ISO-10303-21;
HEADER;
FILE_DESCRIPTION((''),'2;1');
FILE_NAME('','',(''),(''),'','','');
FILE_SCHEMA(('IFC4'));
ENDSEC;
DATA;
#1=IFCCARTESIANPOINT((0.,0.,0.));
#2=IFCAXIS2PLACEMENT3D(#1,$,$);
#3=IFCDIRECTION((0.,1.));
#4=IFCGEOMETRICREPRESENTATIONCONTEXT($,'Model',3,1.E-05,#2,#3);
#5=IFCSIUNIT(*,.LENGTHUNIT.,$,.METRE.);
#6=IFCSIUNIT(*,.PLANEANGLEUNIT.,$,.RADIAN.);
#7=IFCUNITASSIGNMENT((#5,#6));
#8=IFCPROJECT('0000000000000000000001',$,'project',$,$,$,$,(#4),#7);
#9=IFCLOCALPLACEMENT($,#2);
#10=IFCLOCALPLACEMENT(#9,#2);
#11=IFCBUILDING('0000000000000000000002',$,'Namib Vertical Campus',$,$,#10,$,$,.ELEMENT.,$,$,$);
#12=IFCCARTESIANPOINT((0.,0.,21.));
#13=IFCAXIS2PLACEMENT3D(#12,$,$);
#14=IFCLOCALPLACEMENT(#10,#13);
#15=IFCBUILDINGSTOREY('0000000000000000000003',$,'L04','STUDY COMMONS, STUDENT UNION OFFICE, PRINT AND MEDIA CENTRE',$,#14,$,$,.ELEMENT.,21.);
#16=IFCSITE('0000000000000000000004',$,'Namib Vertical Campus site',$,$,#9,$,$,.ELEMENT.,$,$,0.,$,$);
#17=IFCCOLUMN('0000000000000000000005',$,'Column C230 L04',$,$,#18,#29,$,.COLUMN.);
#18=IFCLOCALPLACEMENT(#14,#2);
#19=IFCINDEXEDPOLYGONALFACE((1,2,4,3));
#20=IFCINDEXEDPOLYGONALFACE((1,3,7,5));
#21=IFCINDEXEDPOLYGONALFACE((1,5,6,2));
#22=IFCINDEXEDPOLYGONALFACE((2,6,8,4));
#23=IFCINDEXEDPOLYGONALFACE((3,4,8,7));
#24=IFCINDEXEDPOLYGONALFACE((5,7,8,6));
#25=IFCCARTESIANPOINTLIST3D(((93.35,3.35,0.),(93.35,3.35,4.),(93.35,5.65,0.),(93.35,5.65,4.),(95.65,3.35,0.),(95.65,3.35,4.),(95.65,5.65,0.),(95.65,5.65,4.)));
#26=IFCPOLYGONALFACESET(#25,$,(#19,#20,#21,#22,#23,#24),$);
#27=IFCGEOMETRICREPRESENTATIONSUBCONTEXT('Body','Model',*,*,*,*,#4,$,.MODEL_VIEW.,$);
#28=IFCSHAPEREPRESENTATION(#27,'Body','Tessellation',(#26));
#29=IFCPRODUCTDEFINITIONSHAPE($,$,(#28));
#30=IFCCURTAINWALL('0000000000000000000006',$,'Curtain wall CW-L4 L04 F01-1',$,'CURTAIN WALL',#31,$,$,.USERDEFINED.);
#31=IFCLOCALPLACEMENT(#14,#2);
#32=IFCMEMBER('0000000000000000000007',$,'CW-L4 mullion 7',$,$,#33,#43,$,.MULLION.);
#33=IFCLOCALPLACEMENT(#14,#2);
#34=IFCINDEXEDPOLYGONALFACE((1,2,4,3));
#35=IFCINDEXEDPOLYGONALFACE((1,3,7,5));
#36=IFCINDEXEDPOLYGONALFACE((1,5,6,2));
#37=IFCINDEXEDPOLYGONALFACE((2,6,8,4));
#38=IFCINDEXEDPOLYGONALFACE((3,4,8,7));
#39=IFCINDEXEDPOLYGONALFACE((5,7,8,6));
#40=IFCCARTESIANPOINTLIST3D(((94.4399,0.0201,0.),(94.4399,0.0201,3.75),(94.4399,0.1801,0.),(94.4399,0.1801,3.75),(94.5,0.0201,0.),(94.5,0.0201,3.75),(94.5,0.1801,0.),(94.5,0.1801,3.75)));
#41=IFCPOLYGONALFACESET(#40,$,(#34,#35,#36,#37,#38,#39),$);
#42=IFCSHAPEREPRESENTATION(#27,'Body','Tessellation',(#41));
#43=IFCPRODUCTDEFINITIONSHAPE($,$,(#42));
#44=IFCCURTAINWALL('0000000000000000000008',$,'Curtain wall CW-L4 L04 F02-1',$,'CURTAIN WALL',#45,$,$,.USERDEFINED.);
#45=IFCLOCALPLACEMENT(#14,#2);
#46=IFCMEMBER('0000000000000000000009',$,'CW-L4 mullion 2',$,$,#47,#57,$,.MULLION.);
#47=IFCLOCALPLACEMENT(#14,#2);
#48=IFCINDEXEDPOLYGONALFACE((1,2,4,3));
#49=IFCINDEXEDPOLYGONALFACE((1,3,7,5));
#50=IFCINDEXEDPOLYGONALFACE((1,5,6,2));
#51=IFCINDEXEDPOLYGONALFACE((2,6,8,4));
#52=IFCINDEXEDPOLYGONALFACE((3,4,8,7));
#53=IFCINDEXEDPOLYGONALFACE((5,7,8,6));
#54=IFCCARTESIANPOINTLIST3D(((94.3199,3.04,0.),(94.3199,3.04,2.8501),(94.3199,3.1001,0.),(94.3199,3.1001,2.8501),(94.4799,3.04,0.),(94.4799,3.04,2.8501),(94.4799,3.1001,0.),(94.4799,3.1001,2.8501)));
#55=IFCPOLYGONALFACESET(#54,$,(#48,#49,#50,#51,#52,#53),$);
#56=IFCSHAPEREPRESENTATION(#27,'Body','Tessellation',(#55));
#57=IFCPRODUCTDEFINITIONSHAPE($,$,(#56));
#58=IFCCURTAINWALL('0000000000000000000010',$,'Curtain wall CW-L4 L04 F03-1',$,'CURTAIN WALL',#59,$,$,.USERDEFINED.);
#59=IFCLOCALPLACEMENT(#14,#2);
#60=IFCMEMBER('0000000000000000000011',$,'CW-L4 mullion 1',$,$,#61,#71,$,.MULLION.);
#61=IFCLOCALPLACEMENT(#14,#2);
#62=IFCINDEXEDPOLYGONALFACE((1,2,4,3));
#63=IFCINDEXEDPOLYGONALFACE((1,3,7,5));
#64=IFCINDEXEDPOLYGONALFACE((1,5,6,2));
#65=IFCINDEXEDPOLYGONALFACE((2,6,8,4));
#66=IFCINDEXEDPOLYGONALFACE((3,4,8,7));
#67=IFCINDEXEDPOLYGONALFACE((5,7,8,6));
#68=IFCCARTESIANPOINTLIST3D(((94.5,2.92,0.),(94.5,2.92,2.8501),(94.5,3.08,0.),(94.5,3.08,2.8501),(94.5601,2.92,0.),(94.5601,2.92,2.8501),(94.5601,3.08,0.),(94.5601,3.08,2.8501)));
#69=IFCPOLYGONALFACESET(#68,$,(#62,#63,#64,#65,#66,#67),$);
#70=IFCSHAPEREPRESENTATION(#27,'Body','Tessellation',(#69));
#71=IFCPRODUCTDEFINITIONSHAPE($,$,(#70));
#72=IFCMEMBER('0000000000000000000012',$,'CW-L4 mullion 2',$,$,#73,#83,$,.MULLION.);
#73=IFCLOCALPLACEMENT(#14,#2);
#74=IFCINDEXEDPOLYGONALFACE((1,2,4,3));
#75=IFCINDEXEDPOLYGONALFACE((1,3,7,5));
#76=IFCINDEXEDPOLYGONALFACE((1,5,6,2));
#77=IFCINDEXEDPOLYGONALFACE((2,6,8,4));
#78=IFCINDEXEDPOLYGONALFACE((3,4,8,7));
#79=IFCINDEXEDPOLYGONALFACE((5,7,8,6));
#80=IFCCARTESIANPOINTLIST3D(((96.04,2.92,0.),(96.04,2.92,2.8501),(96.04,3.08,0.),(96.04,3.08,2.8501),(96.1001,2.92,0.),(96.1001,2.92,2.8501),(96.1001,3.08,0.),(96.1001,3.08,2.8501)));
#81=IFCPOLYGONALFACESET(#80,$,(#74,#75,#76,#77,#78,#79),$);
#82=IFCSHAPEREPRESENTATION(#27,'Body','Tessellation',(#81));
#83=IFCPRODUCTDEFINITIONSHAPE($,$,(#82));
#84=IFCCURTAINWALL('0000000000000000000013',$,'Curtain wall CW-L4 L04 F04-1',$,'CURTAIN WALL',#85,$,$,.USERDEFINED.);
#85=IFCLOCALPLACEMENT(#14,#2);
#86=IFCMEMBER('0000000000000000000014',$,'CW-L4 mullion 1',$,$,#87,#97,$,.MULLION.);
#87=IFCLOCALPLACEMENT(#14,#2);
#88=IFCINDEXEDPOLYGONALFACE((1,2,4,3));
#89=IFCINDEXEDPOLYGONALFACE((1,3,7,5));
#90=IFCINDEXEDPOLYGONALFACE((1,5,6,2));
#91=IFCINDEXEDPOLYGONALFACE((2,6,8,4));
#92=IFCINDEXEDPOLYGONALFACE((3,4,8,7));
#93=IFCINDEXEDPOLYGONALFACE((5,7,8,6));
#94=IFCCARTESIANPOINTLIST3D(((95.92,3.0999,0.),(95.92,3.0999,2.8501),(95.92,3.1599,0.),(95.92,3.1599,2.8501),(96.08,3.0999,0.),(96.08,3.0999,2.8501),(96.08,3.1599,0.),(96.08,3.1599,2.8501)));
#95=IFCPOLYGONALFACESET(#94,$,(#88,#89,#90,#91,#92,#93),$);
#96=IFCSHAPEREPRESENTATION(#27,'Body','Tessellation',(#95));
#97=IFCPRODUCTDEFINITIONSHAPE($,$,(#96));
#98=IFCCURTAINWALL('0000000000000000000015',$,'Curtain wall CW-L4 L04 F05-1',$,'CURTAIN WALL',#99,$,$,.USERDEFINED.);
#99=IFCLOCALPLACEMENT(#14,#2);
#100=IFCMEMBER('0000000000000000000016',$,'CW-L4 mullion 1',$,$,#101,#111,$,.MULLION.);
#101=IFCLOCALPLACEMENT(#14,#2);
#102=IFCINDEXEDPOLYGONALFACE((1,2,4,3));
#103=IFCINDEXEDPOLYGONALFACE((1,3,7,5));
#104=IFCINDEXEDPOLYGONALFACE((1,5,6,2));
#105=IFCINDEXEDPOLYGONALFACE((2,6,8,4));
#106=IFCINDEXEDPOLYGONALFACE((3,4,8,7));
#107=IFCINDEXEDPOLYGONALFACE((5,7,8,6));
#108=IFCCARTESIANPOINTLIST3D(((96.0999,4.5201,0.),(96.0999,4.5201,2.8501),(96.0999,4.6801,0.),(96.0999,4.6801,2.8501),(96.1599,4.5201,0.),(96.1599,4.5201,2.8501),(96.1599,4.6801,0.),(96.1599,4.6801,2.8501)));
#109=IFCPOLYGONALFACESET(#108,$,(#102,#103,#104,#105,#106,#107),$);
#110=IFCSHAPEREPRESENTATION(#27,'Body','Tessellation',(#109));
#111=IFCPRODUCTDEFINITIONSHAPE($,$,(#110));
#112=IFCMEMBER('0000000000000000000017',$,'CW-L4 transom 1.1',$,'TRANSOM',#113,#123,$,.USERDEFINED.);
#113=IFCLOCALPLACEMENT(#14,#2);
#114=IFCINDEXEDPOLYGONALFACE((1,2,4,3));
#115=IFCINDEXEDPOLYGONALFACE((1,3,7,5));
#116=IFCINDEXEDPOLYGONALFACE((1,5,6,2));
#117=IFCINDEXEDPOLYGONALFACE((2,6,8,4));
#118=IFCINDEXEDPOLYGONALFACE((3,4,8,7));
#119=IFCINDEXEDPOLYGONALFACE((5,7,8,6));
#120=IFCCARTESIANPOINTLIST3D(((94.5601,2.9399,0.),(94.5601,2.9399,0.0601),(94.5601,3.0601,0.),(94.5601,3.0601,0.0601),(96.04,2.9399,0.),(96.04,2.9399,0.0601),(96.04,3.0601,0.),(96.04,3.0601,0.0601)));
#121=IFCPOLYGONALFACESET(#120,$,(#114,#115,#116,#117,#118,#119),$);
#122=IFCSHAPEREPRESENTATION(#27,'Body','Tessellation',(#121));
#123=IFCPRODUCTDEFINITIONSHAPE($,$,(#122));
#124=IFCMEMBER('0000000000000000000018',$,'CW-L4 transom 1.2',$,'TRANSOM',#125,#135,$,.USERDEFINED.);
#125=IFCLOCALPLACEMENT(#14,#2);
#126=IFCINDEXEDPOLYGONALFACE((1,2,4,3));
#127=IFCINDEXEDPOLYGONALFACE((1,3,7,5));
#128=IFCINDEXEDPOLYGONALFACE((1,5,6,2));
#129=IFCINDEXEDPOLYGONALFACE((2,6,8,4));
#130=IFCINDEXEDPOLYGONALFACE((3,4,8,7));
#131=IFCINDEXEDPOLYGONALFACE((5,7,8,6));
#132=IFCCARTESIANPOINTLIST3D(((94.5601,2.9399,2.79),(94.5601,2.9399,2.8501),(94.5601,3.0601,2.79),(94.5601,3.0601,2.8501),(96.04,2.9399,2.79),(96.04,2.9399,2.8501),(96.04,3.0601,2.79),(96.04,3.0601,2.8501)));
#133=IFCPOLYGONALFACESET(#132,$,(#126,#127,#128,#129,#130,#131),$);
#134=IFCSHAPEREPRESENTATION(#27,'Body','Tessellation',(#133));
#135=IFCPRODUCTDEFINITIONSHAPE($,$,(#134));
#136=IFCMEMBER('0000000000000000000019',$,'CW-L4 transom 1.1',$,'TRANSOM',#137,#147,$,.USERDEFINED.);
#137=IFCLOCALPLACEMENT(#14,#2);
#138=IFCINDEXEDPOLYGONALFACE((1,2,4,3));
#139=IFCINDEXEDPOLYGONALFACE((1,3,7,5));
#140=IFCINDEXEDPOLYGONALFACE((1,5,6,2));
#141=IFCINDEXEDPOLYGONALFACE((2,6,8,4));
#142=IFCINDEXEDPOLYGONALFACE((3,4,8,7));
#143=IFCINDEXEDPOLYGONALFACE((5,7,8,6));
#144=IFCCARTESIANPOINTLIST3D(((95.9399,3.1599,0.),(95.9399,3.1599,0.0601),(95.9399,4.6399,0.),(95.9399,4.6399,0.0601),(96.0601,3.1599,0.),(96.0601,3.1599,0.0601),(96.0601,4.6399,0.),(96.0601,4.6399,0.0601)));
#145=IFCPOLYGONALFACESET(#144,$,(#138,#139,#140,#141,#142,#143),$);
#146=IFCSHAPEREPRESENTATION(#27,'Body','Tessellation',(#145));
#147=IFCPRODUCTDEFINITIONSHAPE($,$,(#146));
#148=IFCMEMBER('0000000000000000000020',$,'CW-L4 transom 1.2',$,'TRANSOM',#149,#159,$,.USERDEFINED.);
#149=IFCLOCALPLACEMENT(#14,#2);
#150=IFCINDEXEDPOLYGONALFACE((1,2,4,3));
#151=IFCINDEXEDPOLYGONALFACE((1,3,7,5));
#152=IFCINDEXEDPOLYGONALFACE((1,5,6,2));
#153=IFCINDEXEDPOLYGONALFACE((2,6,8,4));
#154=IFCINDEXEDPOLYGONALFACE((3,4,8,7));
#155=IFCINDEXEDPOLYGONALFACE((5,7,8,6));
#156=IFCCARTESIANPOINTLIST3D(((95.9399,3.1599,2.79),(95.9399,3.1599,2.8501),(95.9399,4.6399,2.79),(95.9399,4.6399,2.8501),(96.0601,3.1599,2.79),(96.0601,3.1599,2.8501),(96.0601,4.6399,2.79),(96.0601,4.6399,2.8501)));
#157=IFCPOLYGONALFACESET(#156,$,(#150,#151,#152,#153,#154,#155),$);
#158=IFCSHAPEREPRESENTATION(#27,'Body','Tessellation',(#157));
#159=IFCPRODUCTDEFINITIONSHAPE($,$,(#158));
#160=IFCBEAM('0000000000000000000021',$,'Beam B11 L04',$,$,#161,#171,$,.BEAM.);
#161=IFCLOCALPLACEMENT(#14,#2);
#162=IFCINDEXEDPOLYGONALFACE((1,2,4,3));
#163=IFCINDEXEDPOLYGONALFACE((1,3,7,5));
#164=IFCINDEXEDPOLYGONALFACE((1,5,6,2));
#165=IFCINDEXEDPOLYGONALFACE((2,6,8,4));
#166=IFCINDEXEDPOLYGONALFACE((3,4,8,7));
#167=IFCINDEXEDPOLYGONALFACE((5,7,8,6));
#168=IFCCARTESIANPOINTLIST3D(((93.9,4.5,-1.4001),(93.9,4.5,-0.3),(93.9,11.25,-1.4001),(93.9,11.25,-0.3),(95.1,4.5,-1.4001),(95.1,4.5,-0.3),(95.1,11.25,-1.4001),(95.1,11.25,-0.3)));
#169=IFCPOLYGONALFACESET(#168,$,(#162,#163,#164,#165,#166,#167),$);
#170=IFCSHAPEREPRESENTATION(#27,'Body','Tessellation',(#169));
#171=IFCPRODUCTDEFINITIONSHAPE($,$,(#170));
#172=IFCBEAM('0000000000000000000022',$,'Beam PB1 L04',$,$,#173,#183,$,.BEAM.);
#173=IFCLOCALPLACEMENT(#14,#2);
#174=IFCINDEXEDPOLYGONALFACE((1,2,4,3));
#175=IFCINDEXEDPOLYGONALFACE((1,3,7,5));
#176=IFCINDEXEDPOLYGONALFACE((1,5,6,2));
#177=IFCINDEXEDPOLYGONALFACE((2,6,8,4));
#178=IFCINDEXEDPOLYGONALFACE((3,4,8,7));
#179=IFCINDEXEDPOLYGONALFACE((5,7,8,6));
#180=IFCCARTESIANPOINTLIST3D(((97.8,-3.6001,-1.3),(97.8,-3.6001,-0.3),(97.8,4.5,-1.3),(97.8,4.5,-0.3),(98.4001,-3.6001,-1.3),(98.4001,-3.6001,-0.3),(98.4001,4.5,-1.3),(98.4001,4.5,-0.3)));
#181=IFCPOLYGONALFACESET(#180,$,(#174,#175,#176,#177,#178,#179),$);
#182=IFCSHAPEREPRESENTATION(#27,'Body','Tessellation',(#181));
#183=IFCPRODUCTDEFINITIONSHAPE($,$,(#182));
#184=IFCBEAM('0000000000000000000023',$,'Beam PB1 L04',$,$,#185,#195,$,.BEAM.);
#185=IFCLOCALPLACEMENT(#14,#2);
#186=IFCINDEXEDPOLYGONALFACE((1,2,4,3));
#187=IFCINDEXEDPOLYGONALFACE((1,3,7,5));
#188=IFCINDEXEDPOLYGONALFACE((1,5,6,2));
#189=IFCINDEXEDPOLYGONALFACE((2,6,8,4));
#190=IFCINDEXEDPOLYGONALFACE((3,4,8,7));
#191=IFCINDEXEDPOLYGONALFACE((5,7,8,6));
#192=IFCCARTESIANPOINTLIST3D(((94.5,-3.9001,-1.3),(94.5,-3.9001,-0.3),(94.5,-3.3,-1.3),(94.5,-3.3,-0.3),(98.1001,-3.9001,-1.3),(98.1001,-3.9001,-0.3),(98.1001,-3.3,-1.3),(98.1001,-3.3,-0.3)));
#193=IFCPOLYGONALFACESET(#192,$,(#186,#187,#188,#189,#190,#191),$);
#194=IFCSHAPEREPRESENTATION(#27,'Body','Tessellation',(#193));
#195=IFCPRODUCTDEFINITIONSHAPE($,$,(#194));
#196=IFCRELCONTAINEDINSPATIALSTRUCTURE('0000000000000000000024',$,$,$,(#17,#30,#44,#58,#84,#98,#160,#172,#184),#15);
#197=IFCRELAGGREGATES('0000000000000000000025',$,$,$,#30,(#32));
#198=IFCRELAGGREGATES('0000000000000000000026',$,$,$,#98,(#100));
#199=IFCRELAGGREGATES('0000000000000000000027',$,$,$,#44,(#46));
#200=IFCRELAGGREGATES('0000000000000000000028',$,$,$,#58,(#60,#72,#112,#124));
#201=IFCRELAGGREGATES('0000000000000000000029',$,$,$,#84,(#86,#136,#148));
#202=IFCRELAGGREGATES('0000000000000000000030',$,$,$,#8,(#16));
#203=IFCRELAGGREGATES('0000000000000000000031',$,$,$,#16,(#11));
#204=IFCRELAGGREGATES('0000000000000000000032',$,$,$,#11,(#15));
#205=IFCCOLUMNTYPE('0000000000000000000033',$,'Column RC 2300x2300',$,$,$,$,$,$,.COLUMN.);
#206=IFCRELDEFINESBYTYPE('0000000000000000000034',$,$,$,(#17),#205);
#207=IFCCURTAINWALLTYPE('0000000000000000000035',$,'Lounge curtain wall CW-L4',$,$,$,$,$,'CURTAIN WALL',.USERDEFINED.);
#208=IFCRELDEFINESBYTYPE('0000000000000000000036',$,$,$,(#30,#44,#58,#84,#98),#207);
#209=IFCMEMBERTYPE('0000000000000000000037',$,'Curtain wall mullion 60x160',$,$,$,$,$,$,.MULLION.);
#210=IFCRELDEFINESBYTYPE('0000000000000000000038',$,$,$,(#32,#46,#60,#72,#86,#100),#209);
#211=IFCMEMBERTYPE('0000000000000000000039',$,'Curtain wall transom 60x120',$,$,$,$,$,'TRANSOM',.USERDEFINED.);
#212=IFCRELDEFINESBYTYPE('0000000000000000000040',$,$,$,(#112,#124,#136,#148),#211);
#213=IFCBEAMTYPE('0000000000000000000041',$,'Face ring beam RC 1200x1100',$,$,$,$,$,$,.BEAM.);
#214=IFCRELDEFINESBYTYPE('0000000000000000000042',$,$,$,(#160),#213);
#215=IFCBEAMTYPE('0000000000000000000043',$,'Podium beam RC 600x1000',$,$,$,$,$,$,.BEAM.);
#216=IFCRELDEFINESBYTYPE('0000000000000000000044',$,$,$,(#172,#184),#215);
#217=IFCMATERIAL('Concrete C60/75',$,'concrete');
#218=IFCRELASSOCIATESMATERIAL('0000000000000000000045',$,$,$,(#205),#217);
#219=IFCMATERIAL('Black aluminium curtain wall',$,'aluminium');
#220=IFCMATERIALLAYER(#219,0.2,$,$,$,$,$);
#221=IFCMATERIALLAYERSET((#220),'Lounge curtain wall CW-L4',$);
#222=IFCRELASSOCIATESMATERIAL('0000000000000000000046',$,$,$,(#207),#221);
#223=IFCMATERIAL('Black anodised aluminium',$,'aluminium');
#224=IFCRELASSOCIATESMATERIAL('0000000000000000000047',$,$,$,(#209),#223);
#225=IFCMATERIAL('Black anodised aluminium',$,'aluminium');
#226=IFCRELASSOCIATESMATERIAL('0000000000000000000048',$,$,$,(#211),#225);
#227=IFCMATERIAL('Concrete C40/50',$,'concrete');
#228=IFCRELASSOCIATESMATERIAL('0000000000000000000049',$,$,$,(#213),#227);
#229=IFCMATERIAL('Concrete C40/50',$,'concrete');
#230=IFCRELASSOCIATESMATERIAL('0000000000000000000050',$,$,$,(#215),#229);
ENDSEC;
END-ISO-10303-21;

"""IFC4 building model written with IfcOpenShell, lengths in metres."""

from ifc_helpers import new_model, si_unit, direction, frame, origin, origin_2d, place, context, subcontext, project, spatial, rectangle, extrude, material, layer, layer_set, material_profile, profile_set, type_object, element, aggregate, save


model = new_model("IFC4")

# Units and contexts
model_context = context("Model", 3, precision=1e-05, world=origin(), true_north=direction((0.0, 1.0)))
body_context = subcontext(model_context, "Body", "Model", "MODEL_VIEW")
ifc_project = project(units=[si_unit("LENGTHUNIT", "METRE"), si_unit("PLANEANGLEUNIT", "RADIAN")], contexts=[model_context])

# Site, building, storey
site_placement = place(None, origin())
site = spatial("IfcSite", under=ifc_project, at=site_placement, Name="Namib Vertical Campus site", CompositionType="ELEMENT", RefElevation=0.0)
building_placement = place(site_placement, origin())
building = spatial("IfcBuilding", under=site, at=building_placement, Name="Namib Vertical Campus", CompositionType="ELEMENT")
storey_placement = place(building_placement, frame((0.0, 0.0, 21.0)))
storey = spatial("IfcBuildingStorey", under=building, at=storey_placement, Name="L04", Description="STUDY COMMONS, STUDENT UNION OFFICE, PRINT AND MEDIA CENTRE", CompositionType="ELEMENT", Elevation=21.0)

# Column
ifc_material_1 = material(Name="Concrete C60/75", Category="concrete")
ifc_material_profile_1 = material_profile(ifc_material_1, rectangle(XDim=2.3, YDim=2.3, at=origin_2d()))
ifc_profile_set_1 = profile_set([ifc_material_profile_1], Name="Concrete C60/75")
column_type = type_object("IfcColumnType", Name="Column RC 2300x2300", PredefinedType="COLUMN", material=ifc_profile_set_1)
column_placement = place(storey_placement, frame((94.5, 4.5, 0.0), z_axis=(0.0, 0.0, 1.0), x_axis=(1.0, 0.0, 0.0)))
element("IfcColumn", 1, at=column_placement, inside=storey, type_object=column_type, Name="Column C230 L04", PredefinedType="COLUMN", context=body_context, shape_type="SweptSolid", body=[
    extrude(rectangle(XDim=2.3, YDim=2.3, at=origin_2d()), origin(), (0.0, 0.0, 1.0), 4.0),
])

# Curtain walls, members
ifc_material_2 = material(Name="Black aluminium curtain wall", Category="aluminium")
ifc_layer_1 = layer(ifc_material_2, 0.2)
ifc_layer_set_1 = layer_set([ifc_layer_1], Name="Lounge curtain wall CW-L4")
curtain_wall_type = type_object("IfcCurtainWallType", Name="Lounge curtain wall CW-L4", ElementType="CURTAIN WALL", PredefinedType="USERDEFINED", material=ifc_layer_set_1)
curtain_wall_1_placement = place(storey_placement, origin())
curtain_wall_1 = element("IfcCurtainWall", 2, at=curtain_wall_1_placement, inside=storey, type_object=curtain_wall_type, Name="Curtain wall CW-L4 L04 F01-1", ObjectType="CURTAIN WALL", PredefinedType="USERDEFINED")
ifc_material_3 = material(Name="Black anodised aluminium", Category="aluminium")
ifc_material_profile_2 = material_profile(ifc_material_3, rectangle(XDim=0.0601, YDim=0.1599, at=origin_2d()))
ifc_profile_set_2 = profile_set([ifc_material_profile_2], Name="Black anodised aluminium")
member_type_1 = type_object("IfcMemberType", Name="Curtain wall mullion 60x160", PredefinedType="MULLION", material=ifc_profile_set_2)
member_1_placement = place(storey_placement, frame((94.47, 0.1001, 0.0), z_axis=(0.0, 0.0, 1.0), x_axis=(1.0, 0.0, 0.0)))
member_1 = element("IfcMember", 3, at=member_1_placement, type_object=member_type_1, Name="CW-L4 mullion 7", PredefinedType="MULLION", context=body_context, shape_type="SweptSolid", body=[
    extrude(rectangle(XDim=0.0601, YDim=0.1599, at=origin_2d()), origin(), (0.0, 0.0, 1.0), 3.75),
])
aggregate(curtain_wall_1, [member_1])
curtain_wall_2_placement = place(storey_placement, origin())
curtain_wall_2 = element("IfcCurtainWall", 4, at=curtain_wall_2_placement, inside=storey, type_object=curtain_wall_type, Name="Curtain wall CW-L4 L04 F02-1", ObjectType="CURTAIN WALL", PredefinedType="USERDEFINED")
member_2_placement = place(storey_placement, frame((94.3999, 3.0701, 0.0), z_axis=(0.0, 0.0, 1.0), x_axis=(0.0, 1.0, 0.0)))
member_2 = element("IfcMember", 5, at=member_2_placement, type_object=member_type_1, Name="CW-L4 mullion 2", PredefinedType="MULLION", context=body_context, shape_type="SweptSolid", body=[
    extrude(rectangle(XDim=0.0601, YDim=0.1599, at=origin_2d()), origin(), (0.0, 0.0, 1.0), 2.8501),
])

# Curtain wall, members
curtain_wall_3_placement = place(storey_placement, origin())
curtain_wall_3 = element("IfcCurtainWall", 6, at=curtain_wall_3_placement, inside=storey, type_object=curtain_wall_type, Name="Curtain wall CW-L4 L04 F03-1", ObjectType="CURTAIN WALL", PredefinedType="USERDEFINED")
member_3_placement = place(storey_placement, frame((94.53, 3.0, 0.0), z_axis=(0.0, 0.0, 1.0), x_axis=(1.0, 0.0, 0.0)))
member_3 = element("IfcMember", 7, at=member_3_placement, type_object=member_type_1, Name="CW-L4 mullion 1", PredefinedType="MULLION", context=body_context, shape_type="SweptSolid", body=[
    extrude(rectangle(XDim=0.0601, YDim=0.1599, at=origin_2d()), origin(), (0.0, 0.0, 1.0), 2.8501),
])
member_4_placement = place(storey_placement, frame((96.0701, 3.0, 0.0), z_axis=(0.0, 0.0, 1.0), x_axis=(1.0, 0.0, 0.0)))
member_4 = element("IfcMember", 8, at=member_4_placement, type_object=member_type_1, Name="CW-L4 mullion 2", PredefinedType="MULLION", context=body_context, shape_type="SweptSolid", body=[
    extrude(rectangle(XDim=0.0601, YDim=0.1599, at=origin_2d()), origin(), (0.0, 0.0, 1.0), 2.8501),
])

# Curtain walls, members
curtain_wall_4_placement = place(storey_placement, origin())
curtain_wall_4 = element("IfcCurtainWall", 9, at=curtain_wall_4_placement, inside=storey, type_object=curtain_wall_type, Name="Curtain wall CW-L4 L04 F04-1", ObjectType="CURTAIN WALL", PredefinedType="USERDEFINED")
member_5_placement = place(storey_placement, frame((96.0, 3.1299, 0.0), z_axis=(0.0, 0.0, 1.0), x_axis=(0.0, 1.0, 0.0)))
member_5 = element("IfcMember", 10, at=member_5_placement, type_object=member_type_1, Name="CW-L4 mullion 1", PredefinedType="MULLION", context=body_context, shape_type="SweptSolid", body=[
    extrude(rectangle(XDim=0.0601, YDim=0.1599, at=origin_2d()), origin(), (0.0, 0.0, 1.0), 2.8501),
])
curtain_wall_5_placement = place(storey_placement, origin())
curtain_wall_5 = element("IfcCurtainWall", 11, at=curtain_wall_5_placement, inside=storey, type_object=curtain_wall_type, Name="Curtain wall CW-L4 L04 F05-1", ObjectType="CURTAIN WALL", PredefinedType="USERDEFINED")
member_6_placement = place(storey_placement, frame((96.1299, 4.6001, 0.0), z_axis=(0.0, 0.0, 1.0), x_axis=(1.0, 0.0, 0.0)))
member_6 = element("IfcMember", 12, at=member_6_placement, type_object=member_type_1, Name="CW-L4 mullion 1", PredefinedType="MULLION", context=body_context, shape_type="SweptSolid", body=[
    extrude(rectangle(XDim=0.0601, YDim=0.1599, at=origin_2d()), origin(), (0.0, 0.0, 1.0), 2.8501),
])
aggregate(curtain_wall_5, [member_6])

# Members
ifc_material_4 = material(Name="Black anodised aluminium", Category="aluminium")
ifc_material_profile_3 = material_profile(ifc_material_4, rectangle(XDim=0.0601, YDim=0.1201, at=origin_2d()))
ifc_profile_set_3 = profile_set([ifc_material_profile_3], Name="Black anodised aluminium")
member_type_2 = type_object("IfcMemberType", Name="Curtain wall transom 60x120", ElementType="TRANSOM", PredefinedType="USERDEFINED", material=ifc_profile_set_3)
member_7_placement = place(storey_placement, frame((94.5601, 3.0, 0.03), z_axis=(1.0, 0.0, 0.0), x_axis=(0.0, 0.0, 1.0)))
member_7 = element("IfcMember", 13, at=member_7_placement, type_object=member_type_2, Name="CW-L4 transom 1.1", ObjectType="TRANSOM", PredefinedType="USERDEFINED", context=body_context, shape_type="SweptSolid", body=[
    extrude(rectangle(XDim=0.0601, YDim=0.1201, at=origin_2d()), origin(), (0.0, 0.0, 1.0), 1.48),
])
member_8_placement = place(storey_placement, frame((94.5601, 3.0, 2.8201), z_axis=(1.0, 0.0, 0.0), x_axis=(0.0, 0.0, 1.0)))
member_8 = element("IfcMember", 14, at=member_8_placement, type_object=member_type_2, Name="CW-L4 transom 1.2", ObjectType="TRANSOM", PredefinedType="USERDEFINED", context=body_context, shape_type="SweptSolid", body=[
    extrude(rectangle(XDim=0.0601, YDim=0.1201, at=origin_2d()), origin(), (0.0, 0.0, 1.0), 1.48),
])
member_9_placement = place(storey_placement, frame((96.0, 3.1599, 0.03), z_axis=(0.0, 1.0, 0.0), x_axis=(0.0, 0.0, 1.0)))
member_9 = element("IfcMember", 15, at=member_9_placement, type_object=member_type_2, Name="CW-L4 transom 1.1", ObjectType="TRANSOM", PredefinedType="USERDEFINED", context=body_context, shape_type="SweptSolid", body=[
    extrude(rectangle(XDim=0.0601, YDim=0.1201, at=origin_2d()), origin(), (0.0, 0.0, 1.0), 1.48),
])
member_10_placement = place(storey_placement, frame((96.0, 3.1599, 2.8201), z_axis=(0.0, 1.0, 0.0), x_axis=(0.0, 0.0, 1.0)))
member_10 = element("IfcMember", 16, at=member_10_placement, type_object=member_type_2, Name="CW-L4 transom 1.2", ObjectType="TRANSOM", PredefinedType="USERDEFINED", context=body_context, shape_type="SweptSolid", body=[
    extrude(rectangle(XDim=0.0601, YDim=0.1201, at=origin_2d()), origin(), (0.0, 0.0, 1.0), 1.48),
])

# Beams
ifc_material_5 = material(Name="Concrete C40/50", Category="concrete")
ifc_material_profile_4 = material_profile(ifc_material_5, rectangle(XDim=1.2, YDim=1.1001, at=origin_2d()))
ifc_profile_set_4 = profile_set([ifc_material_profile_4], Name="Concrete C40/50")
beam_type_1 = type_object("IfcBeamType", Name="Face ring beam RC 1200x1100", PredefinedType="BEAM", material=ifc_profile_set_4)
beam_1_placement = place(storey_placement, frame((94.5, 4.5, -0.8501), z_axis=(0.0, 1.0, 0.0), x_axis=(-1.0, 0.0, 0.0)))
element("IfcBeam", 17, at=beam_1_placement, inside=storey, type_object=beam_type_1, Name="Beam B11 L04", PredefinedType="BEAM", context=body_context, shape_type="SweptSolid", body=[
    extrude(rectangle(XDim=1.2, YDim=1.1001, at=origin_2d()), origin(), (0.0, 0.0, 1.0), 6.75),
])
ifc_material_6 = material(Name="Concrete C40/50", Category="concrete")
ifc_material_profile_5 = material_profile(ifc_material_6, rectangle(XDim=0.6001, YDim=1.0, at=origin_2d()))
ifc_profile_set_5 = profile_set([ifc_material_profile_5], Name="Concrete C40/50")
beam_type_2 = type_object("IfcBeamType", Name="Podium beam RC 600x1000", PredefinedType="BEAM", material=ifc_profile_set_5)
beam_2_placement = place(storey_placement, frame((98.1001, -3.6001, -0.8), z_axis=(0.0, 1.0, 0.0), x_axis=(-1.0, 0.0, 0.0)))
element("IfcBeam", 18, at=beam_2_placement, inside=storey, type_object=beam_type_2, Name="Beam PB1 L04", PredefinedType="BEAM", context=body_context, shape_type="SweptSolid", body=[
    extrude(rectangle(XDim=0.6001, YDim=1.0, at=origin_2d()), origin(), (0.0, 0.0, 1.0), 8.1001),
])
beam_3_placement = place(storey_placement, frame((94.5, -3.6001, -0.8), z_axis=(1.0, 0.0, 0.0), x_axis=(0.0, 1.0, 0.0)))
element("IfcBeam", 19, at=beam_3_placement, inside=storey, type_object=beam_type_2, Name="Beam PB1 L04", PredefinedType="BEAM", context=body_context, shape_type="SweptSolid", body=[
    extrude(rectangle(XDim=0.6001, YDim=1.0, at=origin_2d()), origin(), (0.0, 0.0, 1.0), 3.6001),
])

aggregate(curtain_wall_2, [member_2])
aggregate(curtain_wall_3, [member_3, member_4, member_7, member_8])
aggregate(curtain_wall_4, [member_5, member_9, member_10])

save(model, "model.ifc")
